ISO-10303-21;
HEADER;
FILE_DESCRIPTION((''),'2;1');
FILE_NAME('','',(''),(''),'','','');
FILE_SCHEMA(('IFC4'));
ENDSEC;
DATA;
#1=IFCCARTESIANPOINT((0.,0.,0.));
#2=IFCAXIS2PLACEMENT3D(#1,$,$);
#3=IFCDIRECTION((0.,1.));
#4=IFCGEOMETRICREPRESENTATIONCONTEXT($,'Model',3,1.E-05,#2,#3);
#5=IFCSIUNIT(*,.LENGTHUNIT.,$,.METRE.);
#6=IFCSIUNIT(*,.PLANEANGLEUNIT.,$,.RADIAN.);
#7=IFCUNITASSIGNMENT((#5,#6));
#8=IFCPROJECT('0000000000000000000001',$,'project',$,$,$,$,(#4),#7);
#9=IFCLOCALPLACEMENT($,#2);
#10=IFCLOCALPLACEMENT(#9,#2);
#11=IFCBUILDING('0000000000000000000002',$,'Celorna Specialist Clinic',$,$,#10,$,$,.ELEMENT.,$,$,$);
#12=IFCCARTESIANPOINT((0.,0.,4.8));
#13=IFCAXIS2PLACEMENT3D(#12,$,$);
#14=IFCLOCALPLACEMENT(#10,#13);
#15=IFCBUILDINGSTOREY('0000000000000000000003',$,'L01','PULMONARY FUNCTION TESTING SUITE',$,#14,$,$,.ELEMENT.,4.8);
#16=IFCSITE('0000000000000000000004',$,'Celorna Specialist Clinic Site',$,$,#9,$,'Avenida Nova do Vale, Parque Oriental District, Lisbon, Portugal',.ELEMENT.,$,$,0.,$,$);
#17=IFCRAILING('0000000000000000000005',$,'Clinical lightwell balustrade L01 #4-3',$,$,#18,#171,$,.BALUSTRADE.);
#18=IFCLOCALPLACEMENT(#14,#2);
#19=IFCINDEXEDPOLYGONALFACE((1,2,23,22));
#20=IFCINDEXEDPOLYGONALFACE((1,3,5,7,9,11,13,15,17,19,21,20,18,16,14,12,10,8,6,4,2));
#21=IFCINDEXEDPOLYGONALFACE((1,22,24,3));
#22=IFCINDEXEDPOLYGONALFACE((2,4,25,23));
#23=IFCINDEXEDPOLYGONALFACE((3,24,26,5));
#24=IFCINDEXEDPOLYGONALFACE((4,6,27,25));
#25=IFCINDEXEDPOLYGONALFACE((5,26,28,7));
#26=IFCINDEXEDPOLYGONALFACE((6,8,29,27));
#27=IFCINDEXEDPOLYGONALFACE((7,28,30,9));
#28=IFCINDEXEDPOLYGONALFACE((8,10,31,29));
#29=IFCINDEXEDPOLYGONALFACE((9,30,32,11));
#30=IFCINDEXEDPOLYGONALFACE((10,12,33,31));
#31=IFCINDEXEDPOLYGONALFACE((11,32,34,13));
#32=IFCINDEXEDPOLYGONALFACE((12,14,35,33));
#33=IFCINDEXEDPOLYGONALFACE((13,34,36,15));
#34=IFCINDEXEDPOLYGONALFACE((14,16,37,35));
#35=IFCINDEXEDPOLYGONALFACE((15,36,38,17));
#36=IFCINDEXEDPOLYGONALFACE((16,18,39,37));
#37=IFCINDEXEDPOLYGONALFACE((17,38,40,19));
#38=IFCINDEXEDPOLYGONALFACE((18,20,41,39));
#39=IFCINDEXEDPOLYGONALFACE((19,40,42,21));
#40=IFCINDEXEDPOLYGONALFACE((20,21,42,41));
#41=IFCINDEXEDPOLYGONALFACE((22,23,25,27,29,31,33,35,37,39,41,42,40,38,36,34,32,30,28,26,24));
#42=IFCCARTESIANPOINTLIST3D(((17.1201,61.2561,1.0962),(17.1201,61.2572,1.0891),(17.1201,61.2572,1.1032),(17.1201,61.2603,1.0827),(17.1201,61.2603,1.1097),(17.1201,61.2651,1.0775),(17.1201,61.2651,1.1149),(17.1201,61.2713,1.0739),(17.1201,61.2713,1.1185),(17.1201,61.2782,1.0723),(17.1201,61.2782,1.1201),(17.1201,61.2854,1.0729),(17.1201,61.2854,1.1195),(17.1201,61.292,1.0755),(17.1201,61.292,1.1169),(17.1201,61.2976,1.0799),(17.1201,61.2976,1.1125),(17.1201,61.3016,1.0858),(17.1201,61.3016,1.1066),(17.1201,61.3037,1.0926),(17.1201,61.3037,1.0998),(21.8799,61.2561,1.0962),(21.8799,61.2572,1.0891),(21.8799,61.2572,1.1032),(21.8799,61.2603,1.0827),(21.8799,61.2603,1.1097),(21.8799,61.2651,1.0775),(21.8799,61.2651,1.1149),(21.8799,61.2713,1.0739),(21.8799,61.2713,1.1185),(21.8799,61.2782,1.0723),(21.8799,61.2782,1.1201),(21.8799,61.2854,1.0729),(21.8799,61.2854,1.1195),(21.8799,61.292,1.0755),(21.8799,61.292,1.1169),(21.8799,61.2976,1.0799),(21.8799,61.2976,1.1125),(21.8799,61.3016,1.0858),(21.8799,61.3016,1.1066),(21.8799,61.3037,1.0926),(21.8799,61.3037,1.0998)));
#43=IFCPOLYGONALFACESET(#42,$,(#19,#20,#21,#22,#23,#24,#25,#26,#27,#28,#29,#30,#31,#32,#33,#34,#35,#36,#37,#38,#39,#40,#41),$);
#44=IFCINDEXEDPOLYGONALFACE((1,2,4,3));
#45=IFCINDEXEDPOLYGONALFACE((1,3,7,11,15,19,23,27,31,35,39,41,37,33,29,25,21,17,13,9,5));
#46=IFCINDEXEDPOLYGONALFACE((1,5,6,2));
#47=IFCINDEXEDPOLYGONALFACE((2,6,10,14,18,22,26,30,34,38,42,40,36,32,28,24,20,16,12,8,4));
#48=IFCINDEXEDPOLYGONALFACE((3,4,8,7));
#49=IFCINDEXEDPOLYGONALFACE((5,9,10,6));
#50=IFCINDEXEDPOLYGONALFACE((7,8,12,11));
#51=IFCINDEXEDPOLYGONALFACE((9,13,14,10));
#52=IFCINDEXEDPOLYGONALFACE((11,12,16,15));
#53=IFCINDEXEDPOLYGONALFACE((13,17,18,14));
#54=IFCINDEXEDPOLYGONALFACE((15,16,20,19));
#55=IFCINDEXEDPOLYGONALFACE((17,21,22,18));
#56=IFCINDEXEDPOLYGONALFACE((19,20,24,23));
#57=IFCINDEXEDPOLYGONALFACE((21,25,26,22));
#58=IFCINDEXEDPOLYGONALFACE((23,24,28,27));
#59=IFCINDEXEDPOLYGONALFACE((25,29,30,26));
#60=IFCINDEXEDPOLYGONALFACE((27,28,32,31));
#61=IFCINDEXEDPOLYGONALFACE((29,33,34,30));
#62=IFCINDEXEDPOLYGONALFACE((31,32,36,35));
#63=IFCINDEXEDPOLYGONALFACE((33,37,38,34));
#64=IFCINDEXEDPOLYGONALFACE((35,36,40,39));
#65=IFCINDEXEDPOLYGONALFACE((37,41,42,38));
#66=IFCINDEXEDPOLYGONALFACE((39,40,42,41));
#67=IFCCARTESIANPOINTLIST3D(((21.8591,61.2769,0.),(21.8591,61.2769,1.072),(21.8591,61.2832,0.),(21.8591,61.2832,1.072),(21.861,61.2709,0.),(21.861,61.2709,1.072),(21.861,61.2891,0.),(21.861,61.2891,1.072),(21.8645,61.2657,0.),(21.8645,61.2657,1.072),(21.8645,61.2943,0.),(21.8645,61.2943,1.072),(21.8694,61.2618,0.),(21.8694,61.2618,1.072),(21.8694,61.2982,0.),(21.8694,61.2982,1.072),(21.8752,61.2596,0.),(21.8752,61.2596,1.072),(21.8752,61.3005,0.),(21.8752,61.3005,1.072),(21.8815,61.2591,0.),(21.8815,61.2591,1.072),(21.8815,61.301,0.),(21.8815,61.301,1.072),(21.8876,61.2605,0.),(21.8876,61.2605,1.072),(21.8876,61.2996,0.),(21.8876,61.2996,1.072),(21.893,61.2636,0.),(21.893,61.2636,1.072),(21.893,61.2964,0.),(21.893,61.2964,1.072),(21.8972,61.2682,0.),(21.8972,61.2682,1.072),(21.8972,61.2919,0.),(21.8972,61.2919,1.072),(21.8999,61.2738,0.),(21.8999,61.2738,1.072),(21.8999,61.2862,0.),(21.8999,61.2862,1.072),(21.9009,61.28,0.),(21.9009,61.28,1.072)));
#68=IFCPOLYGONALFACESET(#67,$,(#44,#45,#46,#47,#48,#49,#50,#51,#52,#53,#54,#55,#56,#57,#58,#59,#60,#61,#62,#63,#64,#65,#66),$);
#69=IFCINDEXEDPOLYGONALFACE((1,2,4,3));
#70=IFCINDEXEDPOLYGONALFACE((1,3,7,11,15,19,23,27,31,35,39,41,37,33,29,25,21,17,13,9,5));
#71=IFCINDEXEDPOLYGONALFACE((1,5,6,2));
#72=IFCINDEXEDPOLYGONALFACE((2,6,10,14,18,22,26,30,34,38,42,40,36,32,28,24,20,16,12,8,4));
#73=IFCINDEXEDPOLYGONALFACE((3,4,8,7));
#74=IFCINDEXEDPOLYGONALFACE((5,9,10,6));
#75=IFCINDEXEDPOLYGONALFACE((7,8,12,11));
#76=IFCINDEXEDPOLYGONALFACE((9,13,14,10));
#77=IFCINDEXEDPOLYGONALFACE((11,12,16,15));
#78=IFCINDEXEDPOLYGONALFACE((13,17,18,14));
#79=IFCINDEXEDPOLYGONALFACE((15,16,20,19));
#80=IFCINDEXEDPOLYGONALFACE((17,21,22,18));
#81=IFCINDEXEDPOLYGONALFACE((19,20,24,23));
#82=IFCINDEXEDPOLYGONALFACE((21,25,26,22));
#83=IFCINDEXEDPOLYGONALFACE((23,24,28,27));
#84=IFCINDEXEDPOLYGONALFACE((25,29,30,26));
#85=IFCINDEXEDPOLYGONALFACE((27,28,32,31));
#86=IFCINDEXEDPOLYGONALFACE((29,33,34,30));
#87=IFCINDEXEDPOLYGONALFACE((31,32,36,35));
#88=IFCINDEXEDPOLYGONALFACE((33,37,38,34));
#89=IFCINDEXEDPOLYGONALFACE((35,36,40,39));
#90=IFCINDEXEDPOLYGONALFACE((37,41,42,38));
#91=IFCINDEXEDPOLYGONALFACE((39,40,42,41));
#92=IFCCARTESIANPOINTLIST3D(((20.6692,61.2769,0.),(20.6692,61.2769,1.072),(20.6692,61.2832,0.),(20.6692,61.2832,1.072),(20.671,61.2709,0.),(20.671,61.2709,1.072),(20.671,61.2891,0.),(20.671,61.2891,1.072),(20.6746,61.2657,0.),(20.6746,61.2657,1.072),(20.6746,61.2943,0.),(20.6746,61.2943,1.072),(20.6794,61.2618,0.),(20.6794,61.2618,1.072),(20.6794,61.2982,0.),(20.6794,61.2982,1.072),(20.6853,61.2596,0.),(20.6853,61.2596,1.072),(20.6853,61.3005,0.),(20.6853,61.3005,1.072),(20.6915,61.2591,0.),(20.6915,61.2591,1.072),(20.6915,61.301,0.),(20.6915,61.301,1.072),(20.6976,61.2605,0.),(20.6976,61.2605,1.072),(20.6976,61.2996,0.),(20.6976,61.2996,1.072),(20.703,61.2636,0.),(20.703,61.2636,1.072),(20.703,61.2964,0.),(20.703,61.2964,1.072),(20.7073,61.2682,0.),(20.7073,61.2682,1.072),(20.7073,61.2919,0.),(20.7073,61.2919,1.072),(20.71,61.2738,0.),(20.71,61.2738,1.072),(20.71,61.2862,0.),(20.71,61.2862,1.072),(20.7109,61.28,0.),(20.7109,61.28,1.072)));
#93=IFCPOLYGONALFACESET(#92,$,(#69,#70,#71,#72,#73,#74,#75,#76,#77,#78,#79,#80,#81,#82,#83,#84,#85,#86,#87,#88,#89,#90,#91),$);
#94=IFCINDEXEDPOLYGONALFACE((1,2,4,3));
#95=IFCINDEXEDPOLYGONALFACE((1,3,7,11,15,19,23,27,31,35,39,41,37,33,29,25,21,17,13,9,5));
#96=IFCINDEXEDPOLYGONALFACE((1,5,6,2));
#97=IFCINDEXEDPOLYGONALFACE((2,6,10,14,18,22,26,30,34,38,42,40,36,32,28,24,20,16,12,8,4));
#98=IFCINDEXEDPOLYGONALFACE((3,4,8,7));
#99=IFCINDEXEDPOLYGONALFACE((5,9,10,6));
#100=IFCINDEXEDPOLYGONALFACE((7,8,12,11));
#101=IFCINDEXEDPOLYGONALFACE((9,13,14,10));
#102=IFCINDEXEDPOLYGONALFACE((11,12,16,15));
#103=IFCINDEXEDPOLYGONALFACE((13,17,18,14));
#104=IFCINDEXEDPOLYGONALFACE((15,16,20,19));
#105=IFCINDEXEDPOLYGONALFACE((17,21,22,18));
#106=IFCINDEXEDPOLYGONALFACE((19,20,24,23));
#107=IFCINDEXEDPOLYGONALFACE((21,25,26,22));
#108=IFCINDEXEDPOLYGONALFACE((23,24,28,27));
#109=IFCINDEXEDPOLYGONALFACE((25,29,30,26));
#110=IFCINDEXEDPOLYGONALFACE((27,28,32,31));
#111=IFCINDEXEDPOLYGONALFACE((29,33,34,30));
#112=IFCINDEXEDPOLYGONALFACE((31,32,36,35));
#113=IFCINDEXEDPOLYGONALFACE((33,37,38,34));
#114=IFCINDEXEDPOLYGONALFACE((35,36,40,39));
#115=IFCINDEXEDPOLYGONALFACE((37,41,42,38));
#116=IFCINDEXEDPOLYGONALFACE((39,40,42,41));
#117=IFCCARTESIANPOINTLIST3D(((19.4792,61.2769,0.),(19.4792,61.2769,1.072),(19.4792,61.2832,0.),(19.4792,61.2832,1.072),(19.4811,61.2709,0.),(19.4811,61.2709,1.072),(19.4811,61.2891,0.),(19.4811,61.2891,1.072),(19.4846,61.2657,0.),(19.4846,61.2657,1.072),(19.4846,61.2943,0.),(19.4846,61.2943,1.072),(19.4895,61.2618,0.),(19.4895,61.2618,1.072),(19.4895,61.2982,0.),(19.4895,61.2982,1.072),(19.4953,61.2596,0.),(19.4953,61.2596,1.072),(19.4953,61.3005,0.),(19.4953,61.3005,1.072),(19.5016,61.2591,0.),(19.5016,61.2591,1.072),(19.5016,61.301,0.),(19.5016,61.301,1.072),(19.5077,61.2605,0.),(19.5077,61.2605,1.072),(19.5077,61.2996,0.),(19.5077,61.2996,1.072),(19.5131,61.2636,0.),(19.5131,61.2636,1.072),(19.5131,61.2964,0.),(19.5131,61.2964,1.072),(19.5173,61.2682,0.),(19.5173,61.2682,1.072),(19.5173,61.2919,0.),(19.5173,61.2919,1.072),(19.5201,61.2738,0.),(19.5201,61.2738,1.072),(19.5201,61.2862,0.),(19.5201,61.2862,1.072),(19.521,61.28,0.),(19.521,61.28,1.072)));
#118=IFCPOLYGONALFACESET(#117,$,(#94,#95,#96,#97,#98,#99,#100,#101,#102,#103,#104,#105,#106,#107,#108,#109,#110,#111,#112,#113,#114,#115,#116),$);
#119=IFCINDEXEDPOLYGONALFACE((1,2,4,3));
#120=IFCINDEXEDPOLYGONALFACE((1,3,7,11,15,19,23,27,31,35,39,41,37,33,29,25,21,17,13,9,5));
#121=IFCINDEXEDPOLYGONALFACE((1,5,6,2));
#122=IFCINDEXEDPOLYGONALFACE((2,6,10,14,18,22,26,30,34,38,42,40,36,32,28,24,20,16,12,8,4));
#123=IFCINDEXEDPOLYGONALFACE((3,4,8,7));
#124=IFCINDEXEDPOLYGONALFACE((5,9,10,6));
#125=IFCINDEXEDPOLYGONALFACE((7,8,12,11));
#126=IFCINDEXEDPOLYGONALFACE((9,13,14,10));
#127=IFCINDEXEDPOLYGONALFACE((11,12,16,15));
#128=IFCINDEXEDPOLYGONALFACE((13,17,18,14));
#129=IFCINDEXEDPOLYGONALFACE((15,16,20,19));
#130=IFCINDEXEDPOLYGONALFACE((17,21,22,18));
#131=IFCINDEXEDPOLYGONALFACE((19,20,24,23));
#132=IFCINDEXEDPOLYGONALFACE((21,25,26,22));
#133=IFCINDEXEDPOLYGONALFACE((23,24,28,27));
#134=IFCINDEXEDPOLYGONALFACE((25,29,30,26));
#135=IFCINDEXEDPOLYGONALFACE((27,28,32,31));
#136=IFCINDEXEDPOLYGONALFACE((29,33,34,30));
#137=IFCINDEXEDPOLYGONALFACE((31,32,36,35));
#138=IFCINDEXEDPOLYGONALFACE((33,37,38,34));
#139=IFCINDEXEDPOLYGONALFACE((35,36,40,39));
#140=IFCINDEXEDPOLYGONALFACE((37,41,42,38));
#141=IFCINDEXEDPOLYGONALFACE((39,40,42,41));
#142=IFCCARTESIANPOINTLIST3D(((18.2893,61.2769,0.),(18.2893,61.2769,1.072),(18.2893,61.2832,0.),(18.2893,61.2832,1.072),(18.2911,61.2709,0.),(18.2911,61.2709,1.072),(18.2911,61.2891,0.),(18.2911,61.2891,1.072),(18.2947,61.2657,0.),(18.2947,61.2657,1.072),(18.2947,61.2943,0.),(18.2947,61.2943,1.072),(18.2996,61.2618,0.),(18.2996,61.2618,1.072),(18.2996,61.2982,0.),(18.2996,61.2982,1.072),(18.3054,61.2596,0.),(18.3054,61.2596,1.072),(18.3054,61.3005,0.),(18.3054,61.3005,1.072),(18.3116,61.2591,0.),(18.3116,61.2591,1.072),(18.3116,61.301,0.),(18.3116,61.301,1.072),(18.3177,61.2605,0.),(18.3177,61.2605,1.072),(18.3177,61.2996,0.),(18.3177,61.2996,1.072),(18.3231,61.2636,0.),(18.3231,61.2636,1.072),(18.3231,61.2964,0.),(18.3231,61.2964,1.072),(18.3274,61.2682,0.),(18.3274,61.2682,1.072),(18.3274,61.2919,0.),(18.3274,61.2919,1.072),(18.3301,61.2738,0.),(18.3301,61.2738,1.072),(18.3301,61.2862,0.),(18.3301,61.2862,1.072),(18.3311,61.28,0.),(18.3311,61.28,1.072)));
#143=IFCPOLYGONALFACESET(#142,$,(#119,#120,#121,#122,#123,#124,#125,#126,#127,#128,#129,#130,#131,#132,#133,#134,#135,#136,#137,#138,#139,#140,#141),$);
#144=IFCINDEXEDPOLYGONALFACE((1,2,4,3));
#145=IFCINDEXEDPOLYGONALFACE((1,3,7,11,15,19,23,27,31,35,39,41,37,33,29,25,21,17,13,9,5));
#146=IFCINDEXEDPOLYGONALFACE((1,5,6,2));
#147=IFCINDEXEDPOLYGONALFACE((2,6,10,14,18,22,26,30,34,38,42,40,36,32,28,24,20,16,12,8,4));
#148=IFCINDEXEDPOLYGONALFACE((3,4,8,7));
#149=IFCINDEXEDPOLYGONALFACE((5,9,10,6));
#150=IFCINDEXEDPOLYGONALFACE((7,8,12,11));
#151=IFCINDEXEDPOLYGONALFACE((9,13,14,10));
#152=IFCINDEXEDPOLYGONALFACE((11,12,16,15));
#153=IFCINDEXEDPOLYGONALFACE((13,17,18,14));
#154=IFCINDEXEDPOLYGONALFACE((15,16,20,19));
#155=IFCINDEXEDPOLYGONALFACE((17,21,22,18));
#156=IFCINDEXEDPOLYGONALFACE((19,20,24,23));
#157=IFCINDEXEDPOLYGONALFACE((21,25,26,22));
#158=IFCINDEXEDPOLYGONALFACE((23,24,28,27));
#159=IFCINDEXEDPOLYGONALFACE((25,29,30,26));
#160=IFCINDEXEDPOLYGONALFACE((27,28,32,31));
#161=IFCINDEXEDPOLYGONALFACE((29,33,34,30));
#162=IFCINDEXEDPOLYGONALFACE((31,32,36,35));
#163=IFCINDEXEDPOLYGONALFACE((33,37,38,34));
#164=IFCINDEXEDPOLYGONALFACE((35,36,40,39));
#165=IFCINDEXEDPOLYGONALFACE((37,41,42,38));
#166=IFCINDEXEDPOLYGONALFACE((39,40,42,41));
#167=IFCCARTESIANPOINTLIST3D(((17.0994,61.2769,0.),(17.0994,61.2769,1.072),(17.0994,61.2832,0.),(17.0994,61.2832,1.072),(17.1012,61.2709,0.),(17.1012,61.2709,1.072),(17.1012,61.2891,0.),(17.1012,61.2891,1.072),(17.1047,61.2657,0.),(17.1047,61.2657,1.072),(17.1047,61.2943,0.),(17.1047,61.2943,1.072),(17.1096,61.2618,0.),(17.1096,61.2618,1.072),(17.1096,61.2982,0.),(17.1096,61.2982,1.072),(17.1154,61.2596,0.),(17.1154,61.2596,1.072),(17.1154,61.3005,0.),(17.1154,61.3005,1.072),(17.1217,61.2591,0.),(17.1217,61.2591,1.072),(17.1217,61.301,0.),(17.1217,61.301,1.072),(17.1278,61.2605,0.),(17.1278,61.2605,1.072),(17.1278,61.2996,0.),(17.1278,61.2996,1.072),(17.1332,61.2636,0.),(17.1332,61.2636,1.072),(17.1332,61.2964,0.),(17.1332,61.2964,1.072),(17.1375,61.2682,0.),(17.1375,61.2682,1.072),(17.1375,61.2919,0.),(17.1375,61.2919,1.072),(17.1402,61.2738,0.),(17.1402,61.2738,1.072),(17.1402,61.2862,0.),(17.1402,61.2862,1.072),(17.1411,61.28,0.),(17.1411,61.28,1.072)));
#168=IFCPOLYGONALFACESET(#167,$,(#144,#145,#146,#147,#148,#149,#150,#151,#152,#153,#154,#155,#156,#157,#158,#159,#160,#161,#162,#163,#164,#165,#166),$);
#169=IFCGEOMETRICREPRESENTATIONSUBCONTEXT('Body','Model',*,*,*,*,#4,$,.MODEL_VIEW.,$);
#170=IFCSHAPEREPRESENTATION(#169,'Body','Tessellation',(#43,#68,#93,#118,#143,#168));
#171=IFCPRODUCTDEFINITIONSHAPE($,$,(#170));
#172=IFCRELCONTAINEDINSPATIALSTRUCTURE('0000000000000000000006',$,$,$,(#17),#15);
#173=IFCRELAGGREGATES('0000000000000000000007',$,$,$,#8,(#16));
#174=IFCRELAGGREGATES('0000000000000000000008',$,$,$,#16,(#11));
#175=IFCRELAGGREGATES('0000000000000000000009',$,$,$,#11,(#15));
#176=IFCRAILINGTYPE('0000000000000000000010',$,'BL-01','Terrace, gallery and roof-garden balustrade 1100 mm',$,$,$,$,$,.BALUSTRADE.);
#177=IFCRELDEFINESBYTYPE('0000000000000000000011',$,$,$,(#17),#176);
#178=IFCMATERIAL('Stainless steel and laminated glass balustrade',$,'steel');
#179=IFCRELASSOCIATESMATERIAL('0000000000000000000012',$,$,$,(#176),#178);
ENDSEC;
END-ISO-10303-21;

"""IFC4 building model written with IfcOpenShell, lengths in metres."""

from ifc_helpers import new_model, si_unit, direction, frame, origin, origin_2d, place, context, subcontext, project, spatial, circle, extrude, material, type_object, element, save


model = new_model("IFC4")

# Units and contexts
model_context = context("Model", 3, precision=1e-05, world=origin(), true_north=direction((0.0, 1.0)))
body_context = subcontext(model_context, "Body", "Model", "MODEL_VIEW")
ifc_project = project(units=[si_unit("LENGTHUNIT", "METRE"), si_unit("PLANEANGLEUNIT", "RADIAN")], contexts=[model_context])

# Site, building, storey
site_placement = place(None, origin())
site = spatial("IfcSite", under=ifc_project, at=site_placement, Name="Celorna Specialist Clinic Site", LongName="Avenida Nova do Vale, Parque Oriental District, Lisbon, Portugal", CompositionType="ELEMENT", RefElevation=0.0)
building_placement = place(site_placement, origin())
building = spatial("IfcBuilding", under=site, at=building_placement, Name="Celorna Specialist Clinic", CompositionType="ELEMENT")
storey_placement = place(building_placement, frame((0.0, 0.0, 4.8)))
storey = spatial("IfcBuildingStorey", under=building, at=storey_placement, Name="L01", Description="PULMONARY FUNCTION TESTING SUITE", CompositionType="ELEMENT", Elevation=4.8)

# Railing
ifc_material_1 = material(Name="Stainless steel and laminated glass balustrade", Category="steel")
railing_type = type_object("IfcRailingType", Name="BL-01", Description="Terrace, gallery and roof-garden balustrade 1100 mm", PredefinedType="BALUSTRADE", material=ifc_material_1)
railing_1_placement = place(storey_placement, frame((21.8799, 61.28, 0.0)))
element("IfcRailing", 1, at=railing_1_placement, inside=storey, type_object=railing_type, Name="Clinical lightwell balustrade L01 #4-3", PredefinedType="BALUSTRADE", context=body_context, shape_type="SweptSolid", body=[
    extrude(circle(Radius=0.0239, at=origin_2d()), frame((0.0, 0.0, 1.0962), z_axis=(-1.0, 0.0, 0.0), x_axis=(0.0, -1.0, 0.0)), (0.0, 0.0, 1.0), 4.7598),
    extrude(circle(Radius=0.021, at=origin_2d()), origin(), (0.0, 0.0, 1.0), 1.072),
    extrude(circle(Radius=0.021, at=origin_2d()), frame((-1.1899, 0.0, 0.0)), (0.0, 0.0, 1.0), 1.072),
    extrude(circle(Radius=0.021, at=origin_2d()), frame((-2.3799, 0.0, 0.0)), (0.0, 0.0, 1.0), 1.072),
    extrude(circle(Radius=0.021, at=origin_2d()), frame((-3.5698, 0.0, 0.0)), (0.0, 0.0, 1.0), 1.072),
    extrude(circle(Radius=0.021, at=origin_2d()), frame((-4.7598, 0.0, 0.0)), (0.0, 0.0, 1.0), 1.072),
])

save(model, "model.ifc")
